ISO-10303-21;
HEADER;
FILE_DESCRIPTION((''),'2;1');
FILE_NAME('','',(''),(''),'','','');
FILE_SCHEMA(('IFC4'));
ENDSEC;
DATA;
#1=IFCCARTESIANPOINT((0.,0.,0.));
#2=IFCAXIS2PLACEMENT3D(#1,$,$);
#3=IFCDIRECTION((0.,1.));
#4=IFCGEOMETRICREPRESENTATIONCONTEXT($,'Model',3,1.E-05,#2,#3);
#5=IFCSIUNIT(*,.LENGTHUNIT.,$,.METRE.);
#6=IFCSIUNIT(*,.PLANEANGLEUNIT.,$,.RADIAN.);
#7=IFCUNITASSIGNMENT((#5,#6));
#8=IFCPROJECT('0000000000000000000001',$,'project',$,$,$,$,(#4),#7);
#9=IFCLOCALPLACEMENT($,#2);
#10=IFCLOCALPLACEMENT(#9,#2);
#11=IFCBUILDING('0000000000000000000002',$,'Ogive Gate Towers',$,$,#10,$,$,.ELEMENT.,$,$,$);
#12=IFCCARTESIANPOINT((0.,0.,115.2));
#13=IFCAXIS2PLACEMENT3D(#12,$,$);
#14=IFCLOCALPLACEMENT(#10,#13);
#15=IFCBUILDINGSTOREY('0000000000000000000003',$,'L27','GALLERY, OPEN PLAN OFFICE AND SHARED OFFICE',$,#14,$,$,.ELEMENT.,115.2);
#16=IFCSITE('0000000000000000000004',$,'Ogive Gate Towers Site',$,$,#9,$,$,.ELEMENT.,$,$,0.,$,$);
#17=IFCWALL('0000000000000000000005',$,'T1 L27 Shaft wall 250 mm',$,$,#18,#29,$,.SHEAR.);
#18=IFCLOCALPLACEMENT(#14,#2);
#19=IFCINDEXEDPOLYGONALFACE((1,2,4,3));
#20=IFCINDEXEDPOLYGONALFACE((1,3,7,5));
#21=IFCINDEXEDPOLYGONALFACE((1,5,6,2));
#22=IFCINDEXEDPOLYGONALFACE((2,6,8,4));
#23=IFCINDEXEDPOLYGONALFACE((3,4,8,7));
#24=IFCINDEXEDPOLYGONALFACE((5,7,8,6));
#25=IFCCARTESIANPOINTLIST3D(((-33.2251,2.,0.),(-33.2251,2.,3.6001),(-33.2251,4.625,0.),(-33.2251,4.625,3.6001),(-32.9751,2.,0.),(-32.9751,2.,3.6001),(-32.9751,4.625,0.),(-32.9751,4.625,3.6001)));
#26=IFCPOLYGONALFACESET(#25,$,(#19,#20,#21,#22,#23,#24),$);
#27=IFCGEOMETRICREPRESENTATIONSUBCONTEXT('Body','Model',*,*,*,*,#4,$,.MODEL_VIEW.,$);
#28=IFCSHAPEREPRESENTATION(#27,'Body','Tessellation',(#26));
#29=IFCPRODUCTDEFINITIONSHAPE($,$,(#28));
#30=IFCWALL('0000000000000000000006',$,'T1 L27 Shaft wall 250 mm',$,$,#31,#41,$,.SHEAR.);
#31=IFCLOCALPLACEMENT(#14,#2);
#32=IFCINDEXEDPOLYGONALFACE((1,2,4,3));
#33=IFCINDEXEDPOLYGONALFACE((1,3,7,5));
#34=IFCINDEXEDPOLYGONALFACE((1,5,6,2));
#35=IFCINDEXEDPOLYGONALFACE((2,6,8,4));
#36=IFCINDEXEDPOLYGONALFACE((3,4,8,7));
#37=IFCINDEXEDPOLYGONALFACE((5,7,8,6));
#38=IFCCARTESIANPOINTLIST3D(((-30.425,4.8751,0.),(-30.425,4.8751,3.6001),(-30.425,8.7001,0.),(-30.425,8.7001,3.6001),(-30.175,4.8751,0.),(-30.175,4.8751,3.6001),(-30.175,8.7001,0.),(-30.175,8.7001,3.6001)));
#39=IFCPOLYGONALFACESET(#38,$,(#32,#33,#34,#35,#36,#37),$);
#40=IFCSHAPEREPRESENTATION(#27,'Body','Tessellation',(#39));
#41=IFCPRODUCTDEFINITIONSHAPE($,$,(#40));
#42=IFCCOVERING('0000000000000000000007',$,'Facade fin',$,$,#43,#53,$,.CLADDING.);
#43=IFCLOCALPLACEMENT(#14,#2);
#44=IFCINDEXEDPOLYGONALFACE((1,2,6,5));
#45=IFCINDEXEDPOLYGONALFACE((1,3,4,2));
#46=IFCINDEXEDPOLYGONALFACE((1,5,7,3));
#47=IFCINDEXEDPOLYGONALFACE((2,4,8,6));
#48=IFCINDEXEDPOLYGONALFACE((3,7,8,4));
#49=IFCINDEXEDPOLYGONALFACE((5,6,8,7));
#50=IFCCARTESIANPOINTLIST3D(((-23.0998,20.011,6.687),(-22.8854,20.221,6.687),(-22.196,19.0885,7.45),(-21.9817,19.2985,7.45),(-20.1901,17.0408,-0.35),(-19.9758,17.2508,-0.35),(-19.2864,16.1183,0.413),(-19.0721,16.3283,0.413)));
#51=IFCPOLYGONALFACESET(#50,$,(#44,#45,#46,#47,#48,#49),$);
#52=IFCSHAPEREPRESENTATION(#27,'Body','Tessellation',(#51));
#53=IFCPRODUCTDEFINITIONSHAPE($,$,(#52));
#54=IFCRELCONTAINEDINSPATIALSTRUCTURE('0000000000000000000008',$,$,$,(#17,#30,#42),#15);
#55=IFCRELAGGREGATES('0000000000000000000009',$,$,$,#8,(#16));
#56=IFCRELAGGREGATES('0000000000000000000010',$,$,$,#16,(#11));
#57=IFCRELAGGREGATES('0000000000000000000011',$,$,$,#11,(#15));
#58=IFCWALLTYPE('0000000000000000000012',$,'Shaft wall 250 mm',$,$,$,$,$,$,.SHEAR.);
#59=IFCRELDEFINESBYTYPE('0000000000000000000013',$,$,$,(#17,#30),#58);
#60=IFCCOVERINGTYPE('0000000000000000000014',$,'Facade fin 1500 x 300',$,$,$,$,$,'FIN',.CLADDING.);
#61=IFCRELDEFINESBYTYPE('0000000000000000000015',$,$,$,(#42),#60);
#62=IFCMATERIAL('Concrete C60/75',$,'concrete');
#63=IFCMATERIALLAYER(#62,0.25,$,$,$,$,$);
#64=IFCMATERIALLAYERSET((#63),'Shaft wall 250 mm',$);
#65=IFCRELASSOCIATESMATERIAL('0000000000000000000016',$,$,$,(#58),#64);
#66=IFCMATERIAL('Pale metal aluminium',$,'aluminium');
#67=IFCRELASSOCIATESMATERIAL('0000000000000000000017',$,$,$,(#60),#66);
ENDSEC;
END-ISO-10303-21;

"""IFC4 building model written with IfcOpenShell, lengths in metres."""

from ifc_helpers import new_model, si_unit, direction, frame, frame_2d, origin, origin_2d, place, context, subcontext, project, spatial, rectangle, extrude, material, layer, layer_set, material_profile, profile_set, type_object, element, save


model = new_model("IFC4")

# Units and contexts
model_context = context("Model", 3, precision=1e-05, world=origin(), true_north=direction((0.0, 1.0)))
body_context = subcontext(model_context, "Body", "Model", "MODEL_VIEW")
ifc_project = project(units=[si_unit("LENGTHUNIT", "METRE"), si_unit("PLANEANGLEUNIT", "RADIAN")], contexts=[model_context])

# Site, building, storey
site_placement = place(None, origin())
site = spatial("IfcSite", under=ifc_project, at=site_placement, Name="Ogive Gate Towers Site", CompositionType="ELEMENT", RefElevation=0.0)
building_placement = place(site_placement, origin())
building = spatial("IfcBuilding", under=site, at=building_placement, Name="Ogive Gate Towers", CompositionType="ELEMENT")
storey_placement = place(building_placement, frame((0.0, 0.0, 115.2)))
storey = spatial("IfcBuildingStorey", under=building, at=storey_placement, Name="L27", Description="GALLERY, OPEN PLAN OFFICE AND SHARED OFFICE", CompositionType="ELEMENT", Elevation=115.2)

# Shared definitions
ifc_material_1 = material(Name="Pale metal aluminium", Category="aluminium")

# Shared definitions
ifc_material_2 = material(Name="Concrete C60/75", Category="concrete")
ifc_layer_1 = layer(ifc_material_2, 0.25)
ifc_layer_set_1 = layer_set([ifc_layer_1], Name="Shaft wall 250 mm")
wall_type_1 = type_object("IfcWallType", Name="Shaft wall 250 mm", PredefinedType="SHEAR", material=ifc_layer_set_1)

# Walls
wall_1_placement = place(storey_placement, frame((-33.1001, 2.0, 0.0), z_axis=(0.0, 0.0, 1.0), x_axis=(0.0, 1.0, 0.0)))
element("IfcWall", 1, at=wall_1_placement, inside=storey, type_object=wall_type_1, Name="T1 L27 Shaft wall 250 mm", PredefinedType="SHEAR", context=body_context, shape_type="SweptSolid", body=[
    extrude(rectangle(XDim=2.625, YDim=0.25, at=frame_2d((1.3125, 0.0))), origin(), (0.0, 0.0, 1.0), 3.6001),
])
wall_2_placement = place(storey_placement, frame((-30.3, 4.875, 0.0), z_axis=(0.0, 0.0, 1.0), x_axis=(0.0, 1.0, 0.0)))
element("IfcWall", 2, at=wall_2_placement, inside=storey, type_object=wall_type_1, Name="T1 L27 Shaft wall 250 mm", PredefinedType="SHEAR", context=body_context, shape_type="SweptSolid", body=[
    extrude(rectangle(XDim=3.825, YDim=0.25, at=frame_2d((1.9126, 0.0))), origin(), (0.0, 0.0, 1.0), 3.6001),
])

# Covering
ifc_material_profile_1 = material_profile(ifc_material_1, rectangle(XDim=0.3, YDim=1.5, at=origin_2d()), Name="1500 x 300 pale metal aluminium")
ifc_profile_set_1 = profile_set([ifc_material_profile_1], Name="Pale metal aluminium")
covering_type = type_object("IfcCoveringType", Name="Facade fin 1500 x 300", ElementType="FIN", PredefinedType="CLADDING", material=ifc_profile_set_1)
covering_placement = place(storey_placement, frame((-19.6311, 16.6846, 0.0315), z_axis=(-0.35598, 0.363387, 0.860946), x_axis=(-0.71435, -0.699788, 0.0)))
element("IfcCovering", 3, at=covering_placement, inside=storey, type_object=covering_type, Name="Facade fin", PredefinedType="CLADDING", context=body_context, shape_type="SweptSolid", body=[
    extrude(rectangle(XDim=0.3, YDim=1.5, at=origin_2d()), origin(), (0.0, 0.0, 1.0), 8.1736),
])

save(model, "model.ifc")
